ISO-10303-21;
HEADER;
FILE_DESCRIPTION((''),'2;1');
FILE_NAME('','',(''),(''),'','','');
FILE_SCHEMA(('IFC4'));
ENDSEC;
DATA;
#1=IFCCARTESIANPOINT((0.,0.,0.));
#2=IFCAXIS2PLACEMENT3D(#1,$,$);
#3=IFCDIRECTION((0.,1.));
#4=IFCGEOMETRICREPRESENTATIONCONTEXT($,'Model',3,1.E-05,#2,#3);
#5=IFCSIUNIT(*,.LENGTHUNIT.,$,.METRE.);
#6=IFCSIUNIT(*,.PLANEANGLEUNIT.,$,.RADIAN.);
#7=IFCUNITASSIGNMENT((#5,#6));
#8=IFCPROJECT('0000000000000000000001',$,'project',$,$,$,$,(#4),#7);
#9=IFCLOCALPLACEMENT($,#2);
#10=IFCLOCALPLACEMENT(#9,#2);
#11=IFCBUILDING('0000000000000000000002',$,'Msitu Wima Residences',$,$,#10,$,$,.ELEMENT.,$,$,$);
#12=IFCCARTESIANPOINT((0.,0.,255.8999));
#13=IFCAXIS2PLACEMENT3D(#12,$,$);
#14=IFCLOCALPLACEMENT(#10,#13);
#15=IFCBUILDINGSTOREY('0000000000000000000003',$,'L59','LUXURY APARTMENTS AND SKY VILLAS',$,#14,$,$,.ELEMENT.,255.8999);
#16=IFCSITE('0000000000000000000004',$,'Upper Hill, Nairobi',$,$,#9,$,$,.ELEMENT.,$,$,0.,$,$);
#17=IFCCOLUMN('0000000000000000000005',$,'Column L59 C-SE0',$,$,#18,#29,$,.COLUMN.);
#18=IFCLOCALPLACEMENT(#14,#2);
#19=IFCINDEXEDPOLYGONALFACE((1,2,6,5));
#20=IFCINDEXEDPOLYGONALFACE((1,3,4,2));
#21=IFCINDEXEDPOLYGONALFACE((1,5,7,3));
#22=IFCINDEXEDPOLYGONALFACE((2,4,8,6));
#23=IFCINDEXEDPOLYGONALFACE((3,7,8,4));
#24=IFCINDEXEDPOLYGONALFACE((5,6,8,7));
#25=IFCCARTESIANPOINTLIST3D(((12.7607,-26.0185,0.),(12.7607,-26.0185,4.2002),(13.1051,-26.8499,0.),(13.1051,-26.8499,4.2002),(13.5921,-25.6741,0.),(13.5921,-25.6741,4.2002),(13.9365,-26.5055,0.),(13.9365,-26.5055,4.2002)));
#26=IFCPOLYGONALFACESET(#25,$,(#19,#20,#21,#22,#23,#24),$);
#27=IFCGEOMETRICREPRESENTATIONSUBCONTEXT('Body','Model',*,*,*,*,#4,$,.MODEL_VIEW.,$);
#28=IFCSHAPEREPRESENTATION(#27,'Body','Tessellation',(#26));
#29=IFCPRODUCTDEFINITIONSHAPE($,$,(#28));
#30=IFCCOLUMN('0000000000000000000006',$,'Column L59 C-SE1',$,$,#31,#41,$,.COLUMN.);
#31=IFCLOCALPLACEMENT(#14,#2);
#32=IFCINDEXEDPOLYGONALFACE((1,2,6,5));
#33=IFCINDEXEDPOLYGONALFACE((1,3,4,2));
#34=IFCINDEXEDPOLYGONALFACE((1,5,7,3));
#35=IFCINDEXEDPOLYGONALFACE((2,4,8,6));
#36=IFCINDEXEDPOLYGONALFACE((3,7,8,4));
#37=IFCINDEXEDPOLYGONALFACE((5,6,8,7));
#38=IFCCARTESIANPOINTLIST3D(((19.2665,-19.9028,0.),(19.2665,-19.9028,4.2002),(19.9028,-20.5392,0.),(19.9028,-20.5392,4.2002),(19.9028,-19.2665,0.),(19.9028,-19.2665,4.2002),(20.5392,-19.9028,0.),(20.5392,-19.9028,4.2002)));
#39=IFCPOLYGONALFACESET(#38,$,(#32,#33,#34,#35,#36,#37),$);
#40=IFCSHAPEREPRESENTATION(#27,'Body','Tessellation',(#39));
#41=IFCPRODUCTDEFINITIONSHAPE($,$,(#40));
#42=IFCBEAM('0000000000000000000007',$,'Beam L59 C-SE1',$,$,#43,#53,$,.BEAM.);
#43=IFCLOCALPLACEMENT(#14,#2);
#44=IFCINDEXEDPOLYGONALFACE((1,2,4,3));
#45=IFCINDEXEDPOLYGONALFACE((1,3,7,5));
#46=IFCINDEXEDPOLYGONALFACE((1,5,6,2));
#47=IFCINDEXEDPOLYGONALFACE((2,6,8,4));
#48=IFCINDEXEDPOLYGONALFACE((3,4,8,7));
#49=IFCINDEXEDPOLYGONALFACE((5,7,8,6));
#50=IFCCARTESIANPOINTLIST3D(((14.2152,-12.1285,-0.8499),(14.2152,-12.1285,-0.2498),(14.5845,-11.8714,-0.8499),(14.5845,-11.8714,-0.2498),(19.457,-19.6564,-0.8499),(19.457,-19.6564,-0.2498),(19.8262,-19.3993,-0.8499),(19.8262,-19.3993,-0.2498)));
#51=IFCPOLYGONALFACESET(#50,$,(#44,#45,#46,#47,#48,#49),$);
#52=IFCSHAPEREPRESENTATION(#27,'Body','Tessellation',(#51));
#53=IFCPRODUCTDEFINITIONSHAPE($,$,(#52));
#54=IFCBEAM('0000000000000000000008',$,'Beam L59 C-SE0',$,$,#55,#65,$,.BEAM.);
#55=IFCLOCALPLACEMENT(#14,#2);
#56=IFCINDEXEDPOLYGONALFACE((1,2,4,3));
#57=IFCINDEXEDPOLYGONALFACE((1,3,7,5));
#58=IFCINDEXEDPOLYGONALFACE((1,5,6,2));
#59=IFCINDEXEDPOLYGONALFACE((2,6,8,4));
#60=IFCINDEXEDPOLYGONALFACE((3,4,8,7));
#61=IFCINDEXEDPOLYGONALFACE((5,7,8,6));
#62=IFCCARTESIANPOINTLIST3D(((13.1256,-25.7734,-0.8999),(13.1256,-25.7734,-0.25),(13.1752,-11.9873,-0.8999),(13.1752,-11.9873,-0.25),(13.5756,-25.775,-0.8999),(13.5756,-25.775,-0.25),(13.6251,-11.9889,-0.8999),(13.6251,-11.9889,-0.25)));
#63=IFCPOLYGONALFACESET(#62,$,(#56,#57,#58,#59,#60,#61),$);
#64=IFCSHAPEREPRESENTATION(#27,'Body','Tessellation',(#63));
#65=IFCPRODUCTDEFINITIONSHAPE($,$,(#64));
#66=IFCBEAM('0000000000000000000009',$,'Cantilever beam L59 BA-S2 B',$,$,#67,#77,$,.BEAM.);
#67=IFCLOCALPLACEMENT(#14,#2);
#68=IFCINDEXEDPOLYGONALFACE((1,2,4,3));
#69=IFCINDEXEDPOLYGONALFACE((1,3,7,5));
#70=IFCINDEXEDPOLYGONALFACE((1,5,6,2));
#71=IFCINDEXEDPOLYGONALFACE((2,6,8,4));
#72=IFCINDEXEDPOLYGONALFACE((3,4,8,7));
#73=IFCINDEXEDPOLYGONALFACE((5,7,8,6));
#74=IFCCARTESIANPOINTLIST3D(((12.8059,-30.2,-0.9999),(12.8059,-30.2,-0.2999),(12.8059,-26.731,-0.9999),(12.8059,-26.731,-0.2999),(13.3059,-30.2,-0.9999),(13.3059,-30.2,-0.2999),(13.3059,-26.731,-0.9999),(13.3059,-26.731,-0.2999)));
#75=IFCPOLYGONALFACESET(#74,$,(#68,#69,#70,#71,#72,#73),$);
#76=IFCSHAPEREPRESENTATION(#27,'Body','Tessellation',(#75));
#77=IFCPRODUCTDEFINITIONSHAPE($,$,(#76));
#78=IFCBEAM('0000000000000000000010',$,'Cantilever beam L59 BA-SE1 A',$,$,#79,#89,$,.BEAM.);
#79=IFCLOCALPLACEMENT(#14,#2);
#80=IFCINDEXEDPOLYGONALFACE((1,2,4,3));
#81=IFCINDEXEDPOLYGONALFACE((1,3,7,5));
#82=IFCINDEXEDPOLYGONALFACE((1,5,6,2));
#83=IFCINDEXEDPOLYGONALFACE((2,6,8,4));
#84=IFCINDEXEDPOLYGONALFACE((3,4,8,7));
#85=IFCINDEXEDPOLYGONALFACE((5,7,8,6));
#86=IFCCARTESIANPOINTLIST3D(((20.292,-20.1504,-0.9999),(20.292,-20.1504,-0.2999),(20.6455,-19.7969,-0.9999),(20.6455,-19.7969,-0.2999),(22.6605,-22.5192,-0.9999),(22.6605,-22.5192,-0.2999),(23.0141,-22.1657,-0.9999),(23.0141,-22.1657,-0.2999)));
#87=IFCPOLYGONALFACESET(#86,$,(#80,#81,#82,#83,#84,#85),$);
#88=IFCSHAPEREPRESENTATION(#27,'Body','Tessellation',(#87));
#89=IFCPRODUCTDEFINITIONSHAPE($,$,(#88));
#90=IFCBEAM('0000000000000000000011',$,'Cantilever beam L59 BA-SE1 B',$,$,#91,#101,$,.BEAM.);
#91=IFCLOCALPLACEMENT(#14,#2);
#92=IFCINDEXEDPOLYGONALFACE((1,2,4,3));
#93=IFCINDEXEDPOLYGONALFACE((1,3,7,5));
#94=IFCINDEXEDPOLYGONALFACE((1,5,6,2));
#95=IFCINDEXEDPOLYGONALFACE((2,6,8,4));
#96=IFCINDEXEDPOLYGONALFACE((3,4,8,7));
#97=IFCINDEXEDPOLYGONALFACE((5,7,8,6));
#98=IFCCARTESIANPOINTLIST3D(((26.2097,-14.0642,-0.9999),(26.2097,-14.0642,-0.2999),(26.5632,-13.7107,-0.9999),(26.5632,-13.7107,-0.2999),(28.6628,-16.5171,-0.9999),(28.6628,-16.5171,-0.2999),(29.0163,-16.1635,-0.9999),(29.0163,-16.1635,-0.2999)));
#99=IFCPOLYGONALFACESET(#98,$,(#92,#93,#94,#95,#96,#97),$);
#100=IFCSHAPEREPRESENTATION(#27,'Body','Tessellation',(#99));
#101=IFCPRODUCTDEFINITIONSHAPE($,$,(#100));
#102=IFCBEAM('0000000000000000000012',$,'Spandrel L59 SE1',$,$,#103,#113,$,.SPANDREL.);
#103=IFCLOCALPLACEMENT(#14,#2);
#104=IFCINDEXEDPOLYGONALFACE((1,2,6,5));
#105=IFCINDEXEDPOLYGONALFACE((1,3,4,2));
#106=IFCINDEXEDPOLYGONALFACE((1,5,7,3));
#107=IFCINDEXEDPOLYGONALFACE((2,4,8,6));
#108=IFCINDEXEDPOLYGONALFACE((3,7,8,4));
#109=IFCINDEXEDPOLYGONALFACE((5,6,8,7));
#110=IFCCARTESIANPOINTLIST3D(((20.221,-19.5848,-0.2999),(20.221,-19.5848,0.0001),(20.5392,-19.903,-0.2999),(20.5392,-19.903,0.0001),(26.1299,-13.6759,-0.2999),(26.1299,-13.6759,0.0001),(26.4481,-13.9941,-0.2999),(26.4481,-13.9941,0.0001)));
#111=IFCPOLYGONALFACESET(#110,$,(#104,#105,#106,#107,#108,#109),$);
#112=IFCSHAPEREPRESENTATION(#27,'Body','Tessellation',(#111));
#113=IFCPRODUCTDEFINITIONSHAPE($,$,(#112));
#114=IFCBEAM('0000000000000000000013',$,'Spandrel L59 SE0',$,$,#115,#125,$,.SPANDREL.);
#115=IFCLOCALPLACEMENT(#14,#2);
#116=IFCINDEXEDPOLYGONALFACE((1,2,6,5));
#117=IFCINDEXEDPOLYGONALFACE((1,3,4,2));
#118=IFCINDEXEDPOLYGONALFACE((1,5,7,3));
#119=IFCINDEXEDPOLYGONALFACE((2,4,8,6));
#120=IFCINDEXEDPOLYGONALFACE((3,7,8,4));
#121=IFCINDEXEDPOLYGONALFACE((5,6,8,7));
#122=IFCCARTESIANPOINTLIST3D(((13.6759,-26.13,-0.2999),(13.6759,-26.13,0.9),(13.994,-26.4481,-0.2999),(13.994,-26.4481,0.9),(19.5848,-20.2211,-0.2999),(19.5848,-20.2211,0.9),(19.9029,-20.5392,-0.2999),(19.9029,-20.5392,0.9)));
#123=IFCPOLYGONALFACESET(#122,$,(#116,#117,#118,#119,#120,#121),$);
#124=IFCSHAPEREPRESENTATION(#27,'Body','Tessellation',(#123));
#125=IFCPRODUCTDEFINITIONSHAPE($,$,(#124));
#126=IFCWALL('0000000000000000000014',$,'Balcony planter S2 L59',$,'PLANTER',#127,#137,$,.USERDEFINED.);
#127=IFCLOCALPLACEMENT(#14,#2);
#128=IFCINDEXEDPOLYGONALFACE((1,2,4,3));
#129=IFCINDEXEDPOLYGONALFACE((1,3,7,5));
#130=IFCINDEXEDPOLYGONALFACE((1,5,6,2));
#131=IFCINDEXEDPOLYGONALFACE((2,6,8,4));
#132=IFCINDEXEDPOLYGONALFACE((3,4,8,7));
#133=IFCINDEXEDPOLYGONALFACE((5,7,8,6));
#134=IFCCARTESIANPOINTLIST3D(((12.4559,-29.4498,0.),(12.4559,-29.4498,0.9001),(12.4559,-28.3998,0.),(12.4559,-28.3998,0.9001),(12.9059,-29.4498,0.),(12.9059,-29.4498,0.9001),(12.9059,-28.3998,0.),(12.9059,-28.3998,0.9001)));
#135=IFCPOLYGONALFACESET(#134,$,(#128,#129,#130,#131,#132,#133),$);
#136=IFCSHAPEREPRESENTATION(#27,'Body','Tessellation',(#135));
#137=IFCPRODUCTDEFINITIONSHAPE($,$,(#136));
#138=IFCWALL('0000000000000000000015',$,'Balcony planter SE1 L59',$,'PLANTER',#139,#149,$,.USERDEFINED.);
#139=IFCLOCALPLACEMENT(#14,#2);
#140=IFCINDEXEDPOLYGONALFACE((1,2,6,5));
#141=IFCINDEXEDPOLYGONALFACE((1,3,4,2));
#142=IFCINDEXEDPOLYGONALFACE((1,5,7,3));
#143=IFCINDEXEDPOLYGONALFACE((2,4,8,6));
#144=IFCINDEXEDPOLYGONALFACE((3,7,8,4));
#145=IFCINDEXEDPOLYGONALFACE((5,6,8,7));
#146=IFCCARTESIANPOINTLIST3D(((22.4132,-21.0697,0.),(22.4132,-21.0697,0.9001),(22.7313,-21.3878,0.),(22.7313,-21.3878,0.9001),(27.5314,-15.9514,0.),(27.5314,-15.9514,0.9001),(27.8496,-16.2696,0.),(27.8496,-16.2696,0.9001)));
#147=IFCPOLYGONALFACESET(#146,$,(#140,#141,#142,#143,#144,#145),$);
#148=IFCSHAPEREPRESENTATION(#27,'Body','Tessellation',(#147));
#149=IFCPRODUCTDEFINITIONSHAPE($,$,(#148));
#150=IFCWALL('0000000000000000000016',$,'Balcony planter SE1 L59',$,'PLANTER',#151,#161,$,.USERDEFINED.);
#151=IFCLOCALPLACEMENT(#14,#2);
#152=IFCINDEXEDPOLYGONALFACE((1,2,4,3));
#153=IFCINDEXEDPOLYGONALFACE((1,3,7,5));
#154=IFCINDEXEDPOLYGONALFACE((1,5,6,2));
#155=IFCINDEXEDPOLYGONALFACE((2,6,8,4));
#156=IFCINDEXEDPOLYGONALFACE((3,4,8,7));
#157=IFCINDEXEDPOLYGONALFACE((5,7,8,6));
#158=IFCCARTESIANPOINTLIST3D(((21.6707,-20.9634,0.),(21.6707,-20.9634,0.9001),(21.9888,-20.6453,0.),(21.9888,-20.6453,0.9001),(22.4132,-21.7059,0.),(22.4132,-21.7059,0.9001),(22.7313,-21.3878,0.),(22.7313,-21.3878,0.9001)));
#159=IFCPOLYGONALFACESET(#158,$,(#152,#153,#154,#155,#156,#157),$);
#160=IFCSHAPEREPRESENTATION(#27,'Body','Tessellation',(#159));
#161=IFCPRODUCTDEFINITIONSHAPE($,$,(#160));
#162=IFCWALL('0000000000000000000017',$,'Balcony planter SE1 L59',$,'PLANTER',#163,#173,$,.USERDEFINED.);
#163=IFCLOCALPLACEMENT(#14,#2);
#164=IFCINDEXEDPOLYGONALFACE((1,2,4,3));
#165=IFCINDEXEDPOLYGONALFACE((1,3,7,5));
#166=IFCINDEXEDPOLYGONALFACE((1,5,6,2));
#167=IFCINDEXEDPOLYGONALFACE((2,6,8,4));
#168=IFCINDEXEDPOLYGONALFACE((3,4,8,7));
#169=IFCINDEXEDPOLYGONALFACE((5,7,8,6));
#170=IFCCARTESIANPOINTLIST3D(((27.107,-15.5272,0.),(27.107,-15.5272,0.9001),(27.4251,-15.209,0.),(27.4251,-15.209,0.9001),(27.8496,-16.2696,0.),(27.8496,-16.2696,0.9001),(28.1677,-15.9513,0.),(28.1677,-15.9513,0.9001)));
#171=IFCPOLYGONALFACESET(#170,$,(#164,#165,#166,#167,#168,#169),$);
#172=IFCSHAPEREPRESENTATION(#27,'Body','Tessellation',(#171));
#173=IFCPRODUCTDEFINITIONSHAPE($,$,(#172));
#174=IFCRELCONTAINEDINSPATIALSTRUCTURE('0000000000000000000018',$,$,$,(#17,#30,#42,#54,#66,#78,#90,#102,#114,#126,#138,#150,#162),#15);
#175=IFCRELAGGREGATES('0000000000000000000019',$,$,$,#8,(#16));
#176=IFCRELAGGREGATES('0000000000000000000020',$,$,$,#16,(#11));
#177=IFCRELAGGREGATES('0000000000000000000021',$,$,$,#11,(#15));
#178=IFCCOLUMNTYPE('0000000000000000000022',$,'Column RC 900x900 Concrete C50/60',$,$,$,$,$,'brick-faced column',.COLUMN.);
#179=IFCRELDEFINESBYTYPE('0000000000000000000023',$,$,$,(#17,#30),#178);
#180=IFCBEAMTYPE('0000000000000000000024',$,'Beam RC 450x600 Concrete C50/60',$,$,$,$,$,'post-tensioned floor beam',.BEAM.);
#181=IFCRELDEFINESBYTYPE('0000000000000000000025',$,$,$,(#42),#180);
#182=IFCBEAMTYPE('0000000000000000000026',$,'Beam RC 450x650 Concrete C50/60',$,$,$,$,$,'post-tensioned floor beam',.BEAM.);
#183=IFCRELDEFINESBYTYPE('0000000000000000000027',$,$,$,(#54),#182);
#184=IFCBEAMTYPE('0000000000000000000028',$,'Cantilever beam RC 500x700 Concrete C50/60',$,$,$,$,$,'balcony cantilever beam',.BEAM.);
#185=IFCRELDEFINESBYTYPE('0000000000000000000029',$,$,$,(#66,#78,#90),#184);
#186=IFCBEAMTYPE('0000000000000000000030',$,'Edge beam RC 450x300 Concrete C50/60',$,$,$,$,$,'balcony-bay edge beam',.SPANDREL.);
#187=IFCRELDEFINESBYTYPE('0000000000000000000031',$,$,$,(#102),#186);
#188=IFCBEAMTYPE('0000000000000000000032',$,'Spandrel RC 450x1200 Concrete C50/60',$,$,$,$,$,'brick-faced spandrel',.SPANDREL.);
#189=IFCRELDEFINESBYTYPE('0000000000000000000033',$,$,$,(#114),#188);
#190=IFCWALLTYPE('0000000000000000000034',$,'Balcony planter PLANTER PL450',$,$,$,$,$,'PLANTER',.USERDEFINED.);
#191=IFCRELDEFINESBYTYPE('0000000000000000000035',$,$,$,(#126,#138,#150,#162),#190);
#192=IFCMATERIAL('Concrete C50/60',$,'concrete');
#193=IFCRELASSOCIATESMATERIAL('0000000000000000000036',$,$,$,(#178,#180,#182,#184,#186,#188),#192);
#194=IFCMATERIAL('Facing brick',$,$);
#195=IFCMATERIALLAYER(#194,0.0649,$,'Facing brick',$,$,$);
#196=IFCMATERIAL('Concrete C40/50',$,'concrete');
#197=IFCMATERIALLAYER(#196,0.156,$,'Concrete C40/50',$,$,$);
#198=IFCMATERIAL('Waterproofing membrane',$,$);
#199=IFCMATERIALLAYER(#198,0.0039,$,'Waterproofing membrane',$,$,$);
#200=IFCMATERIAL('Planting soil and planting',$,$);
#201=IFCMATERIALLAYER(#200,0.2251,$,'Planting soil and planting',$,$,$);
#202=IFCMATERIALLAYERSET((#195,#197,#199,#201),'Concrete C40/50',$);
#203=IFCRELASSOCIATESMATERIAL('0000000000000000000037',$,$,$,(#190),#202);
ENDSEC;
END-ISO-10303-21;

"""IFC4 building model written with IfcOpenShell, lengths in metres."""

from ifc_helpers import new_model, si_unit, direction, frame, frame_2d, origin, origin_2d, place, context, subcontext, project, spatial, rectangle, extrude, material, layer, layer_set, material_profile, profile_set, type_object, element, save


model = new_model("IFC4")

# Units and contexts
model_context = context("Model", 3, precision=1e-05, world=origin(), true_north=direction((0.0, 1.0)))
body_context = subcontext(model_context, "Body", "Model", "MODEL_VIEW")
ifc_project = project(units=[si_unit("LENGTHUNIT", "METRE"), si_unit("PLANEANGLEUNIT", "RADIAN")], contexts=[model_context])

# Site, building, storey
site_placement = place(None, origin())
site = spatial("IfcSite", under=ifc_project, at=site_placement, Name="Upper Hill, Nairobi", CompositionType="ELEMENT", RefElevation=0.0)
building_placement = place(site_placement, origin())
building = spatial("IfcBuilding", under=site, at=building_placement, Name="Msitu Wima Residences", CompositionType="ELEMENT")
storey_placement = place(building_placement, frame((0.0, 0.0, 255.8999)))
storey = spatial("IfcBuildingStorey", under=building, at=storey_placement, Name="L59", Description="LUXURY APARTMENTS AND SKY VILLAS", CompositionType="ELEMENT", Elevation=255.8999)

# Columns
ifc_material_1 = material(Name="Concrete C50/60", Category="concrete")
ifc_material_profile_1 = material_profile(ifc_material_1, rectangle(XDim=0.8999, YDim=0.8999, at=origin_2d()), Name="RC 900x900")
ifc_profile_set_1 = profile_set([ifc_material_profile_1], Name="Concrete C50/60")
column_type = type_object("IfcColumnType", Name="Column RC 900x900 Concrete C50/60", ElementType="brick-faced column", PredefinedType="COLUMN", material=ifc_profile_set_1)
for number, where, z_axis, x_axis, name in (
    (1, (13.3486, -26.262, 0.0), (0.0, 0.0, 1.0), (0.92388, 0.382683, 0.0), "Column L59 C-SE0"),
    (2, (19.9028, -19.9028, 0.0), (0.0, 0.0, 1.0), (0.707107, 0.707107, 0.0), "Column L59 C-SE1"),
):
    element("IfcColumn", number, at=place(storey_placement, frame(where, z_axis=z_axis, x_axis=x_axis)), inside=storey, type_object=column_type, Name=name, PredefinedType="COLUMN", context=body_context, shape_type="SweptSolid", body=[
        extrude(rectangle(XDim=0.8999, YDim=0.8999, at=origin_2d()), origin(), (0.0, 0.0, 1.0), 4.2002),
    ])

# Beams
ifc_material_profile_2 = material_profile(ifc_material_1, rectangle(XDim=0.45, YDim=0.6001, at=origin_2d()), Name="RC 450x600")
ifc_profile_set_2 = profile_set([ifc_material_profile_2], Name="Concrete C50/60")
beam_type_1 = type_object("IfcBeamType", Name="Beam RC 450x600 Concrete C50/60", ElementType="post-tensioned floor beam", PredefinedType="BEAM", material=ifc_profile_set_2)
beam_1_placement = place(storey_placement, frame((19.6416, -19.5278, -0.5498), z_axis=(-0.571428, 0.820652, 0.0), x_axis=(-0.820652, -0.571428, 0.0)))
element("IfcBeam", 3, at=beam_1_placement, inside=storey, type_object=beam_type_1, Name="Beam L59 C-SE1", PredefinedType="BEAM", context=body_context, shape_type="SweptSolid", body=[
    extrude(rectangle(XDim=0.45, YDim=0.6001, at=origin_2d()), origin(), (0.0, 0.0, 1.0), 9.1731),
])
ifc_material_profile_3 = material_profile(ifc_material_1, rectangle(XDim=0.45, YDim=0.6499, at=origin_2d()), Name="RC 450x650")
ifc_profile_set_3 = profile_set([ifc_material_profile_3], Name="Concrete C50/60")
beam_type_2 = type_object("IfcBeamType", Name="Beam RC 450x650 Concrete C50/60", ElementType="post-tensioned floor beam", PredefinedType="BEAM", material=ifc_profile_set_3)
beam_2_placement = place(storey_placement, frame((13.3506, -25.7742, -0.575), z_axis=(0.003595, 0.999994, 0.0), x_axis=(-0.999994, 0.003595, 0.0)))
element("IfcBeam", 4, at=beam_2_placement, inside=storey, type_object=beam_type_2, Name="Beam L59 C-SE0", PredefinedType="BEAM", context=body_context, shape_type="SweptSolid", body=[
    extrude(rectangle(XDim=0.45, YDim=0.6499, at=origin_2d()), origin(), (0.0, 0.0, 1.0), 13.7861),
])
ifc_material_profile_4 = material_profile(ifc_material_1, rectangle(XDim=0.5, YDim=0.7, at=origin_2d()), Name="RC 500x700")
ifc_profile_set_4 = profile_set([ifc_material_profile_4], Name="Concrete C50/60")
beam_type_3 = type_object("IfcBeamType", Name="Cantilever beam RC 500x700 Concrete C50/60", ElementType="balcony cantilever beam", PredefinedType="BEAM", material=ifc_profile_set_4)
beam_3_placement = place(storey_placement, frame((13.0559, -26.731, -0.6499), z_axis=(0.0, -1.0, 0.0), x_axis=(1.0, 0.0, 0.0)))
element("IfcBeam", 5, at=beam_3_placement, inside=storey, type_object=beam_type_3, Name="Cantilever beam L59 BA-S2 B", PredefinedType="BEAM", context=body_context, shape_type="SweptSolid", body=[
    extrude(rectangle(XDim=0.5, YDim=0.7, at=origin_2d()), origin(), (0.0, 0.0, 1.0), 3.469),
])
beam_4_placement = place(storey_placement, frame((20.4688, -19.9736, -0.6499), z_axis=(0.70707, -0.707143, 0.0), x_axis=(0.707143, 0.70707, 0.0)))
element("IfcBeam", 6, at=beam_4_placement, inside=storey, type_object=beam_type_3, Name="Cantilever beam L59 BA-SE1 A", PredefinedType="BEAM", context=body_context, shape_type="SweptSolid", body=[
    extrude(rectangle(XDim=0.5, YDim=0.7, at=origin_2d()), origin(), (0.0, 0.0, 1.0), 3.3499),
])
beam_5_placement = place(storey_placement, frame((26.3865, -13.8875, -0.6499), z_axis=(0.707142, -0.707072, 0.0), x_axis=(0.707072, 0.707142, 0.0)))
element("IfcBeam", 7, at=beam_5_placement, inside=storey, type_object=beam_type_3, Name="Cantilever beam L59 BA-SE1 B", PredefinedType="BEAM", context=body_context, shape_type="SweptSolid", body=[
    extrude(rectangle(XDim=0.5, YDim=0.7, at=origin_2d()), origin(), (0.0, 0.0, 1.0), 3.469),
])
ifc_material_profile_5 = material_profile(ifc_material_1, rectangle(XDim=0.45, YDim=0.3, at=origin_2d()), Name="RC 450x300")
ifc_profile_set_5 = profile_set([ifc_material_profile_5], Name="Concrete C50/60")
beam_type_4 = type_object("IfcBeamType", Name="Edge beam RC 450x300 Concrete C50/60", ElementType="balcony-bay edge beam", PredefinedType="SPANDREL", material=ifc_profile_set_5)
beam_6_placement = place(storey_placement, frame((20.3801, -19.7439, -0.1499), z_axis=(0.707107, 0.707107, 0.0), x_axis=(-0.707107, 0.707107, 0.0)))
element("IfcBeam", 8, at=beam_6_placement, inside=storey, type_object=beam_type_4, Name="Spandrel L59 SE1", PredefinedType="SPANDREL", context=body_context, shape_type="SweptSolid", body=[
    extrude(rectangle(XDim=0.45, YDim=0.3, at=origin_2d()), origin(), (0.0, 0.0, 1.0), 8.3564),
])
ifc_material_profile_6 = material_profile(ifc_material_1, rectangle(XDim=0.45, YDim=1.2, at=origin_2d()), Name="RC 450x1200")
ifc_profile_set_6 = profile_set([ifc_material_profile_6], Name="Concrete C50/60")
beam_type_5 = type_object("IfcBeamType", Name="Spandrel RC 450x1200 Concrete C50/60", ElementType="brick-faced spandrel", PredefinedType="SPANDREL", material=ifc_profile_set_6)
beam_7_placement = place(storey_placement, frame((13.835, -26.2891, 0.3), z_axis=(0.707107, 0.707107, 0.0), x_axis=(-0.707107, 0.707107, 0.0)))
element("IfcBeam", 9, at=beam_7_placement, inside=storey, type_object=beam_type_5, Name="Spandrel L59 SE0", PredefinedType="SPANDREL", context=body_context, shape_type="SweptSolid", body=[
    extrude(rectangle(XDim=0.45, YDim=1.2, at=origin_2d()), origin(), (0.0, 0.0, 1.0), 8.3564),
])

# Walls
ifc_material_2 = material(Name="Facing brick")
ifc_layer_1 = layer(ifc_material_2, 0.0649, Name="Facing brick")
ifc_material_3 = material(Name="Concrete C40/50", Category="concrete")
ifc_layer_2 = layer(ifc_material_3, 0.156, Name="Concrete C40/50")
ifc_material_4 = material(Name="Waterproofing membrane")
ifc_layer_3 = layer(ifc_material_4, 0.0039, Name="Waterproofing membrane")
ifc_material_5 = material(Name="Planting soil and planting")
ifc_layer_4 = layer(ifc_material_5, 0.2251, Name="Planting soil and planting")
ifc_layer_set_1 = layer_set([ifc_layer_1, ifc_layer_2, ifc_layer_3, ifc_layer_4], Name="Concrete C40/50")
wall_type_1 = type_object("IfcWallType", Name="Balcony planter PLANTER PL450", ElementType="PLANTER", PredefinedType="USERDEFINED", material=ifc_layer_set_1)
wall_1_placement = place(storey_placement, frame((12.6809, -28.3999, 0.0), z_axis=(0.0, 0.0, 1.0), x_axis=(0.0, -1.0, 0.0)))
element("IfcWall", 10, at=wall_1_placement, inside=storey, type_object=wall_type_1, Name="Balcony planter S2 L59", ObjectType="PLANTER", PredefinedType="USERDEFINED", context=body_context, shape_type="SweptSolid", body=[
    extrude(rectangle(XDim=1.05, YDim=0.45, at=frame_2d((0.5249, 0.0))), origin(), (0.0, 0.0, 1.0), 0.9001),
])
wall_2_placement = place(storey_placement, frame((22.5723, -21.2288, 0.0), z_axis=(0.0, 0.0, 1.0), x_axis=(0.707107, 0.707107, 0.0)))
element("IfcWall", 11, at=wall_2_placement, inside=storey, type_object=wall_type_1, Name="Balcony planter SE1 L59", ObjectType="PLANTER", PredefinedType="USERDEFINED", context=body_context, shape_type="SweptSolid", body=[
    extrude(rectangle(XDim=7.2383, YDim=0.45, at=frame_2d((3.6191, 0.0))), origin(), (0.0, 0.0, 1.0), 0.9001),
])
for number, where, z_axis, x_axis, name in (
    (12, (21.8298, -20.8044, 0.0), (0.0, 0.0, 1.0), (0.707107, -0.707107, 0.0), "Balcony planter SE1 L59"),
    (13, (27.2661, -15.3682, 0.0), (0.0, 0.0, 1.0), (0.707223, -0.706991, 0.0), "Balcony planter SE1 L59"),
):
    element("IfcWall", number, at=place(storey_placement, frame(where, z_axis=z_axis, x_axis=x_axis)), inside=storey, type_object=wall_type_1, Name=name, ObjectType="PLANTER", PredefinedType="USERDEFINED", context=body_context, shape_type="SweptSolid", body=[
        extrude(rectangle(XDim=1.05, YDim=0.45, at=frame_2d((0.5249, 0.0))), origin(), (0.0, 0.0, 1.0), 0.9001),
    ])

save(model, "model.ifc")
